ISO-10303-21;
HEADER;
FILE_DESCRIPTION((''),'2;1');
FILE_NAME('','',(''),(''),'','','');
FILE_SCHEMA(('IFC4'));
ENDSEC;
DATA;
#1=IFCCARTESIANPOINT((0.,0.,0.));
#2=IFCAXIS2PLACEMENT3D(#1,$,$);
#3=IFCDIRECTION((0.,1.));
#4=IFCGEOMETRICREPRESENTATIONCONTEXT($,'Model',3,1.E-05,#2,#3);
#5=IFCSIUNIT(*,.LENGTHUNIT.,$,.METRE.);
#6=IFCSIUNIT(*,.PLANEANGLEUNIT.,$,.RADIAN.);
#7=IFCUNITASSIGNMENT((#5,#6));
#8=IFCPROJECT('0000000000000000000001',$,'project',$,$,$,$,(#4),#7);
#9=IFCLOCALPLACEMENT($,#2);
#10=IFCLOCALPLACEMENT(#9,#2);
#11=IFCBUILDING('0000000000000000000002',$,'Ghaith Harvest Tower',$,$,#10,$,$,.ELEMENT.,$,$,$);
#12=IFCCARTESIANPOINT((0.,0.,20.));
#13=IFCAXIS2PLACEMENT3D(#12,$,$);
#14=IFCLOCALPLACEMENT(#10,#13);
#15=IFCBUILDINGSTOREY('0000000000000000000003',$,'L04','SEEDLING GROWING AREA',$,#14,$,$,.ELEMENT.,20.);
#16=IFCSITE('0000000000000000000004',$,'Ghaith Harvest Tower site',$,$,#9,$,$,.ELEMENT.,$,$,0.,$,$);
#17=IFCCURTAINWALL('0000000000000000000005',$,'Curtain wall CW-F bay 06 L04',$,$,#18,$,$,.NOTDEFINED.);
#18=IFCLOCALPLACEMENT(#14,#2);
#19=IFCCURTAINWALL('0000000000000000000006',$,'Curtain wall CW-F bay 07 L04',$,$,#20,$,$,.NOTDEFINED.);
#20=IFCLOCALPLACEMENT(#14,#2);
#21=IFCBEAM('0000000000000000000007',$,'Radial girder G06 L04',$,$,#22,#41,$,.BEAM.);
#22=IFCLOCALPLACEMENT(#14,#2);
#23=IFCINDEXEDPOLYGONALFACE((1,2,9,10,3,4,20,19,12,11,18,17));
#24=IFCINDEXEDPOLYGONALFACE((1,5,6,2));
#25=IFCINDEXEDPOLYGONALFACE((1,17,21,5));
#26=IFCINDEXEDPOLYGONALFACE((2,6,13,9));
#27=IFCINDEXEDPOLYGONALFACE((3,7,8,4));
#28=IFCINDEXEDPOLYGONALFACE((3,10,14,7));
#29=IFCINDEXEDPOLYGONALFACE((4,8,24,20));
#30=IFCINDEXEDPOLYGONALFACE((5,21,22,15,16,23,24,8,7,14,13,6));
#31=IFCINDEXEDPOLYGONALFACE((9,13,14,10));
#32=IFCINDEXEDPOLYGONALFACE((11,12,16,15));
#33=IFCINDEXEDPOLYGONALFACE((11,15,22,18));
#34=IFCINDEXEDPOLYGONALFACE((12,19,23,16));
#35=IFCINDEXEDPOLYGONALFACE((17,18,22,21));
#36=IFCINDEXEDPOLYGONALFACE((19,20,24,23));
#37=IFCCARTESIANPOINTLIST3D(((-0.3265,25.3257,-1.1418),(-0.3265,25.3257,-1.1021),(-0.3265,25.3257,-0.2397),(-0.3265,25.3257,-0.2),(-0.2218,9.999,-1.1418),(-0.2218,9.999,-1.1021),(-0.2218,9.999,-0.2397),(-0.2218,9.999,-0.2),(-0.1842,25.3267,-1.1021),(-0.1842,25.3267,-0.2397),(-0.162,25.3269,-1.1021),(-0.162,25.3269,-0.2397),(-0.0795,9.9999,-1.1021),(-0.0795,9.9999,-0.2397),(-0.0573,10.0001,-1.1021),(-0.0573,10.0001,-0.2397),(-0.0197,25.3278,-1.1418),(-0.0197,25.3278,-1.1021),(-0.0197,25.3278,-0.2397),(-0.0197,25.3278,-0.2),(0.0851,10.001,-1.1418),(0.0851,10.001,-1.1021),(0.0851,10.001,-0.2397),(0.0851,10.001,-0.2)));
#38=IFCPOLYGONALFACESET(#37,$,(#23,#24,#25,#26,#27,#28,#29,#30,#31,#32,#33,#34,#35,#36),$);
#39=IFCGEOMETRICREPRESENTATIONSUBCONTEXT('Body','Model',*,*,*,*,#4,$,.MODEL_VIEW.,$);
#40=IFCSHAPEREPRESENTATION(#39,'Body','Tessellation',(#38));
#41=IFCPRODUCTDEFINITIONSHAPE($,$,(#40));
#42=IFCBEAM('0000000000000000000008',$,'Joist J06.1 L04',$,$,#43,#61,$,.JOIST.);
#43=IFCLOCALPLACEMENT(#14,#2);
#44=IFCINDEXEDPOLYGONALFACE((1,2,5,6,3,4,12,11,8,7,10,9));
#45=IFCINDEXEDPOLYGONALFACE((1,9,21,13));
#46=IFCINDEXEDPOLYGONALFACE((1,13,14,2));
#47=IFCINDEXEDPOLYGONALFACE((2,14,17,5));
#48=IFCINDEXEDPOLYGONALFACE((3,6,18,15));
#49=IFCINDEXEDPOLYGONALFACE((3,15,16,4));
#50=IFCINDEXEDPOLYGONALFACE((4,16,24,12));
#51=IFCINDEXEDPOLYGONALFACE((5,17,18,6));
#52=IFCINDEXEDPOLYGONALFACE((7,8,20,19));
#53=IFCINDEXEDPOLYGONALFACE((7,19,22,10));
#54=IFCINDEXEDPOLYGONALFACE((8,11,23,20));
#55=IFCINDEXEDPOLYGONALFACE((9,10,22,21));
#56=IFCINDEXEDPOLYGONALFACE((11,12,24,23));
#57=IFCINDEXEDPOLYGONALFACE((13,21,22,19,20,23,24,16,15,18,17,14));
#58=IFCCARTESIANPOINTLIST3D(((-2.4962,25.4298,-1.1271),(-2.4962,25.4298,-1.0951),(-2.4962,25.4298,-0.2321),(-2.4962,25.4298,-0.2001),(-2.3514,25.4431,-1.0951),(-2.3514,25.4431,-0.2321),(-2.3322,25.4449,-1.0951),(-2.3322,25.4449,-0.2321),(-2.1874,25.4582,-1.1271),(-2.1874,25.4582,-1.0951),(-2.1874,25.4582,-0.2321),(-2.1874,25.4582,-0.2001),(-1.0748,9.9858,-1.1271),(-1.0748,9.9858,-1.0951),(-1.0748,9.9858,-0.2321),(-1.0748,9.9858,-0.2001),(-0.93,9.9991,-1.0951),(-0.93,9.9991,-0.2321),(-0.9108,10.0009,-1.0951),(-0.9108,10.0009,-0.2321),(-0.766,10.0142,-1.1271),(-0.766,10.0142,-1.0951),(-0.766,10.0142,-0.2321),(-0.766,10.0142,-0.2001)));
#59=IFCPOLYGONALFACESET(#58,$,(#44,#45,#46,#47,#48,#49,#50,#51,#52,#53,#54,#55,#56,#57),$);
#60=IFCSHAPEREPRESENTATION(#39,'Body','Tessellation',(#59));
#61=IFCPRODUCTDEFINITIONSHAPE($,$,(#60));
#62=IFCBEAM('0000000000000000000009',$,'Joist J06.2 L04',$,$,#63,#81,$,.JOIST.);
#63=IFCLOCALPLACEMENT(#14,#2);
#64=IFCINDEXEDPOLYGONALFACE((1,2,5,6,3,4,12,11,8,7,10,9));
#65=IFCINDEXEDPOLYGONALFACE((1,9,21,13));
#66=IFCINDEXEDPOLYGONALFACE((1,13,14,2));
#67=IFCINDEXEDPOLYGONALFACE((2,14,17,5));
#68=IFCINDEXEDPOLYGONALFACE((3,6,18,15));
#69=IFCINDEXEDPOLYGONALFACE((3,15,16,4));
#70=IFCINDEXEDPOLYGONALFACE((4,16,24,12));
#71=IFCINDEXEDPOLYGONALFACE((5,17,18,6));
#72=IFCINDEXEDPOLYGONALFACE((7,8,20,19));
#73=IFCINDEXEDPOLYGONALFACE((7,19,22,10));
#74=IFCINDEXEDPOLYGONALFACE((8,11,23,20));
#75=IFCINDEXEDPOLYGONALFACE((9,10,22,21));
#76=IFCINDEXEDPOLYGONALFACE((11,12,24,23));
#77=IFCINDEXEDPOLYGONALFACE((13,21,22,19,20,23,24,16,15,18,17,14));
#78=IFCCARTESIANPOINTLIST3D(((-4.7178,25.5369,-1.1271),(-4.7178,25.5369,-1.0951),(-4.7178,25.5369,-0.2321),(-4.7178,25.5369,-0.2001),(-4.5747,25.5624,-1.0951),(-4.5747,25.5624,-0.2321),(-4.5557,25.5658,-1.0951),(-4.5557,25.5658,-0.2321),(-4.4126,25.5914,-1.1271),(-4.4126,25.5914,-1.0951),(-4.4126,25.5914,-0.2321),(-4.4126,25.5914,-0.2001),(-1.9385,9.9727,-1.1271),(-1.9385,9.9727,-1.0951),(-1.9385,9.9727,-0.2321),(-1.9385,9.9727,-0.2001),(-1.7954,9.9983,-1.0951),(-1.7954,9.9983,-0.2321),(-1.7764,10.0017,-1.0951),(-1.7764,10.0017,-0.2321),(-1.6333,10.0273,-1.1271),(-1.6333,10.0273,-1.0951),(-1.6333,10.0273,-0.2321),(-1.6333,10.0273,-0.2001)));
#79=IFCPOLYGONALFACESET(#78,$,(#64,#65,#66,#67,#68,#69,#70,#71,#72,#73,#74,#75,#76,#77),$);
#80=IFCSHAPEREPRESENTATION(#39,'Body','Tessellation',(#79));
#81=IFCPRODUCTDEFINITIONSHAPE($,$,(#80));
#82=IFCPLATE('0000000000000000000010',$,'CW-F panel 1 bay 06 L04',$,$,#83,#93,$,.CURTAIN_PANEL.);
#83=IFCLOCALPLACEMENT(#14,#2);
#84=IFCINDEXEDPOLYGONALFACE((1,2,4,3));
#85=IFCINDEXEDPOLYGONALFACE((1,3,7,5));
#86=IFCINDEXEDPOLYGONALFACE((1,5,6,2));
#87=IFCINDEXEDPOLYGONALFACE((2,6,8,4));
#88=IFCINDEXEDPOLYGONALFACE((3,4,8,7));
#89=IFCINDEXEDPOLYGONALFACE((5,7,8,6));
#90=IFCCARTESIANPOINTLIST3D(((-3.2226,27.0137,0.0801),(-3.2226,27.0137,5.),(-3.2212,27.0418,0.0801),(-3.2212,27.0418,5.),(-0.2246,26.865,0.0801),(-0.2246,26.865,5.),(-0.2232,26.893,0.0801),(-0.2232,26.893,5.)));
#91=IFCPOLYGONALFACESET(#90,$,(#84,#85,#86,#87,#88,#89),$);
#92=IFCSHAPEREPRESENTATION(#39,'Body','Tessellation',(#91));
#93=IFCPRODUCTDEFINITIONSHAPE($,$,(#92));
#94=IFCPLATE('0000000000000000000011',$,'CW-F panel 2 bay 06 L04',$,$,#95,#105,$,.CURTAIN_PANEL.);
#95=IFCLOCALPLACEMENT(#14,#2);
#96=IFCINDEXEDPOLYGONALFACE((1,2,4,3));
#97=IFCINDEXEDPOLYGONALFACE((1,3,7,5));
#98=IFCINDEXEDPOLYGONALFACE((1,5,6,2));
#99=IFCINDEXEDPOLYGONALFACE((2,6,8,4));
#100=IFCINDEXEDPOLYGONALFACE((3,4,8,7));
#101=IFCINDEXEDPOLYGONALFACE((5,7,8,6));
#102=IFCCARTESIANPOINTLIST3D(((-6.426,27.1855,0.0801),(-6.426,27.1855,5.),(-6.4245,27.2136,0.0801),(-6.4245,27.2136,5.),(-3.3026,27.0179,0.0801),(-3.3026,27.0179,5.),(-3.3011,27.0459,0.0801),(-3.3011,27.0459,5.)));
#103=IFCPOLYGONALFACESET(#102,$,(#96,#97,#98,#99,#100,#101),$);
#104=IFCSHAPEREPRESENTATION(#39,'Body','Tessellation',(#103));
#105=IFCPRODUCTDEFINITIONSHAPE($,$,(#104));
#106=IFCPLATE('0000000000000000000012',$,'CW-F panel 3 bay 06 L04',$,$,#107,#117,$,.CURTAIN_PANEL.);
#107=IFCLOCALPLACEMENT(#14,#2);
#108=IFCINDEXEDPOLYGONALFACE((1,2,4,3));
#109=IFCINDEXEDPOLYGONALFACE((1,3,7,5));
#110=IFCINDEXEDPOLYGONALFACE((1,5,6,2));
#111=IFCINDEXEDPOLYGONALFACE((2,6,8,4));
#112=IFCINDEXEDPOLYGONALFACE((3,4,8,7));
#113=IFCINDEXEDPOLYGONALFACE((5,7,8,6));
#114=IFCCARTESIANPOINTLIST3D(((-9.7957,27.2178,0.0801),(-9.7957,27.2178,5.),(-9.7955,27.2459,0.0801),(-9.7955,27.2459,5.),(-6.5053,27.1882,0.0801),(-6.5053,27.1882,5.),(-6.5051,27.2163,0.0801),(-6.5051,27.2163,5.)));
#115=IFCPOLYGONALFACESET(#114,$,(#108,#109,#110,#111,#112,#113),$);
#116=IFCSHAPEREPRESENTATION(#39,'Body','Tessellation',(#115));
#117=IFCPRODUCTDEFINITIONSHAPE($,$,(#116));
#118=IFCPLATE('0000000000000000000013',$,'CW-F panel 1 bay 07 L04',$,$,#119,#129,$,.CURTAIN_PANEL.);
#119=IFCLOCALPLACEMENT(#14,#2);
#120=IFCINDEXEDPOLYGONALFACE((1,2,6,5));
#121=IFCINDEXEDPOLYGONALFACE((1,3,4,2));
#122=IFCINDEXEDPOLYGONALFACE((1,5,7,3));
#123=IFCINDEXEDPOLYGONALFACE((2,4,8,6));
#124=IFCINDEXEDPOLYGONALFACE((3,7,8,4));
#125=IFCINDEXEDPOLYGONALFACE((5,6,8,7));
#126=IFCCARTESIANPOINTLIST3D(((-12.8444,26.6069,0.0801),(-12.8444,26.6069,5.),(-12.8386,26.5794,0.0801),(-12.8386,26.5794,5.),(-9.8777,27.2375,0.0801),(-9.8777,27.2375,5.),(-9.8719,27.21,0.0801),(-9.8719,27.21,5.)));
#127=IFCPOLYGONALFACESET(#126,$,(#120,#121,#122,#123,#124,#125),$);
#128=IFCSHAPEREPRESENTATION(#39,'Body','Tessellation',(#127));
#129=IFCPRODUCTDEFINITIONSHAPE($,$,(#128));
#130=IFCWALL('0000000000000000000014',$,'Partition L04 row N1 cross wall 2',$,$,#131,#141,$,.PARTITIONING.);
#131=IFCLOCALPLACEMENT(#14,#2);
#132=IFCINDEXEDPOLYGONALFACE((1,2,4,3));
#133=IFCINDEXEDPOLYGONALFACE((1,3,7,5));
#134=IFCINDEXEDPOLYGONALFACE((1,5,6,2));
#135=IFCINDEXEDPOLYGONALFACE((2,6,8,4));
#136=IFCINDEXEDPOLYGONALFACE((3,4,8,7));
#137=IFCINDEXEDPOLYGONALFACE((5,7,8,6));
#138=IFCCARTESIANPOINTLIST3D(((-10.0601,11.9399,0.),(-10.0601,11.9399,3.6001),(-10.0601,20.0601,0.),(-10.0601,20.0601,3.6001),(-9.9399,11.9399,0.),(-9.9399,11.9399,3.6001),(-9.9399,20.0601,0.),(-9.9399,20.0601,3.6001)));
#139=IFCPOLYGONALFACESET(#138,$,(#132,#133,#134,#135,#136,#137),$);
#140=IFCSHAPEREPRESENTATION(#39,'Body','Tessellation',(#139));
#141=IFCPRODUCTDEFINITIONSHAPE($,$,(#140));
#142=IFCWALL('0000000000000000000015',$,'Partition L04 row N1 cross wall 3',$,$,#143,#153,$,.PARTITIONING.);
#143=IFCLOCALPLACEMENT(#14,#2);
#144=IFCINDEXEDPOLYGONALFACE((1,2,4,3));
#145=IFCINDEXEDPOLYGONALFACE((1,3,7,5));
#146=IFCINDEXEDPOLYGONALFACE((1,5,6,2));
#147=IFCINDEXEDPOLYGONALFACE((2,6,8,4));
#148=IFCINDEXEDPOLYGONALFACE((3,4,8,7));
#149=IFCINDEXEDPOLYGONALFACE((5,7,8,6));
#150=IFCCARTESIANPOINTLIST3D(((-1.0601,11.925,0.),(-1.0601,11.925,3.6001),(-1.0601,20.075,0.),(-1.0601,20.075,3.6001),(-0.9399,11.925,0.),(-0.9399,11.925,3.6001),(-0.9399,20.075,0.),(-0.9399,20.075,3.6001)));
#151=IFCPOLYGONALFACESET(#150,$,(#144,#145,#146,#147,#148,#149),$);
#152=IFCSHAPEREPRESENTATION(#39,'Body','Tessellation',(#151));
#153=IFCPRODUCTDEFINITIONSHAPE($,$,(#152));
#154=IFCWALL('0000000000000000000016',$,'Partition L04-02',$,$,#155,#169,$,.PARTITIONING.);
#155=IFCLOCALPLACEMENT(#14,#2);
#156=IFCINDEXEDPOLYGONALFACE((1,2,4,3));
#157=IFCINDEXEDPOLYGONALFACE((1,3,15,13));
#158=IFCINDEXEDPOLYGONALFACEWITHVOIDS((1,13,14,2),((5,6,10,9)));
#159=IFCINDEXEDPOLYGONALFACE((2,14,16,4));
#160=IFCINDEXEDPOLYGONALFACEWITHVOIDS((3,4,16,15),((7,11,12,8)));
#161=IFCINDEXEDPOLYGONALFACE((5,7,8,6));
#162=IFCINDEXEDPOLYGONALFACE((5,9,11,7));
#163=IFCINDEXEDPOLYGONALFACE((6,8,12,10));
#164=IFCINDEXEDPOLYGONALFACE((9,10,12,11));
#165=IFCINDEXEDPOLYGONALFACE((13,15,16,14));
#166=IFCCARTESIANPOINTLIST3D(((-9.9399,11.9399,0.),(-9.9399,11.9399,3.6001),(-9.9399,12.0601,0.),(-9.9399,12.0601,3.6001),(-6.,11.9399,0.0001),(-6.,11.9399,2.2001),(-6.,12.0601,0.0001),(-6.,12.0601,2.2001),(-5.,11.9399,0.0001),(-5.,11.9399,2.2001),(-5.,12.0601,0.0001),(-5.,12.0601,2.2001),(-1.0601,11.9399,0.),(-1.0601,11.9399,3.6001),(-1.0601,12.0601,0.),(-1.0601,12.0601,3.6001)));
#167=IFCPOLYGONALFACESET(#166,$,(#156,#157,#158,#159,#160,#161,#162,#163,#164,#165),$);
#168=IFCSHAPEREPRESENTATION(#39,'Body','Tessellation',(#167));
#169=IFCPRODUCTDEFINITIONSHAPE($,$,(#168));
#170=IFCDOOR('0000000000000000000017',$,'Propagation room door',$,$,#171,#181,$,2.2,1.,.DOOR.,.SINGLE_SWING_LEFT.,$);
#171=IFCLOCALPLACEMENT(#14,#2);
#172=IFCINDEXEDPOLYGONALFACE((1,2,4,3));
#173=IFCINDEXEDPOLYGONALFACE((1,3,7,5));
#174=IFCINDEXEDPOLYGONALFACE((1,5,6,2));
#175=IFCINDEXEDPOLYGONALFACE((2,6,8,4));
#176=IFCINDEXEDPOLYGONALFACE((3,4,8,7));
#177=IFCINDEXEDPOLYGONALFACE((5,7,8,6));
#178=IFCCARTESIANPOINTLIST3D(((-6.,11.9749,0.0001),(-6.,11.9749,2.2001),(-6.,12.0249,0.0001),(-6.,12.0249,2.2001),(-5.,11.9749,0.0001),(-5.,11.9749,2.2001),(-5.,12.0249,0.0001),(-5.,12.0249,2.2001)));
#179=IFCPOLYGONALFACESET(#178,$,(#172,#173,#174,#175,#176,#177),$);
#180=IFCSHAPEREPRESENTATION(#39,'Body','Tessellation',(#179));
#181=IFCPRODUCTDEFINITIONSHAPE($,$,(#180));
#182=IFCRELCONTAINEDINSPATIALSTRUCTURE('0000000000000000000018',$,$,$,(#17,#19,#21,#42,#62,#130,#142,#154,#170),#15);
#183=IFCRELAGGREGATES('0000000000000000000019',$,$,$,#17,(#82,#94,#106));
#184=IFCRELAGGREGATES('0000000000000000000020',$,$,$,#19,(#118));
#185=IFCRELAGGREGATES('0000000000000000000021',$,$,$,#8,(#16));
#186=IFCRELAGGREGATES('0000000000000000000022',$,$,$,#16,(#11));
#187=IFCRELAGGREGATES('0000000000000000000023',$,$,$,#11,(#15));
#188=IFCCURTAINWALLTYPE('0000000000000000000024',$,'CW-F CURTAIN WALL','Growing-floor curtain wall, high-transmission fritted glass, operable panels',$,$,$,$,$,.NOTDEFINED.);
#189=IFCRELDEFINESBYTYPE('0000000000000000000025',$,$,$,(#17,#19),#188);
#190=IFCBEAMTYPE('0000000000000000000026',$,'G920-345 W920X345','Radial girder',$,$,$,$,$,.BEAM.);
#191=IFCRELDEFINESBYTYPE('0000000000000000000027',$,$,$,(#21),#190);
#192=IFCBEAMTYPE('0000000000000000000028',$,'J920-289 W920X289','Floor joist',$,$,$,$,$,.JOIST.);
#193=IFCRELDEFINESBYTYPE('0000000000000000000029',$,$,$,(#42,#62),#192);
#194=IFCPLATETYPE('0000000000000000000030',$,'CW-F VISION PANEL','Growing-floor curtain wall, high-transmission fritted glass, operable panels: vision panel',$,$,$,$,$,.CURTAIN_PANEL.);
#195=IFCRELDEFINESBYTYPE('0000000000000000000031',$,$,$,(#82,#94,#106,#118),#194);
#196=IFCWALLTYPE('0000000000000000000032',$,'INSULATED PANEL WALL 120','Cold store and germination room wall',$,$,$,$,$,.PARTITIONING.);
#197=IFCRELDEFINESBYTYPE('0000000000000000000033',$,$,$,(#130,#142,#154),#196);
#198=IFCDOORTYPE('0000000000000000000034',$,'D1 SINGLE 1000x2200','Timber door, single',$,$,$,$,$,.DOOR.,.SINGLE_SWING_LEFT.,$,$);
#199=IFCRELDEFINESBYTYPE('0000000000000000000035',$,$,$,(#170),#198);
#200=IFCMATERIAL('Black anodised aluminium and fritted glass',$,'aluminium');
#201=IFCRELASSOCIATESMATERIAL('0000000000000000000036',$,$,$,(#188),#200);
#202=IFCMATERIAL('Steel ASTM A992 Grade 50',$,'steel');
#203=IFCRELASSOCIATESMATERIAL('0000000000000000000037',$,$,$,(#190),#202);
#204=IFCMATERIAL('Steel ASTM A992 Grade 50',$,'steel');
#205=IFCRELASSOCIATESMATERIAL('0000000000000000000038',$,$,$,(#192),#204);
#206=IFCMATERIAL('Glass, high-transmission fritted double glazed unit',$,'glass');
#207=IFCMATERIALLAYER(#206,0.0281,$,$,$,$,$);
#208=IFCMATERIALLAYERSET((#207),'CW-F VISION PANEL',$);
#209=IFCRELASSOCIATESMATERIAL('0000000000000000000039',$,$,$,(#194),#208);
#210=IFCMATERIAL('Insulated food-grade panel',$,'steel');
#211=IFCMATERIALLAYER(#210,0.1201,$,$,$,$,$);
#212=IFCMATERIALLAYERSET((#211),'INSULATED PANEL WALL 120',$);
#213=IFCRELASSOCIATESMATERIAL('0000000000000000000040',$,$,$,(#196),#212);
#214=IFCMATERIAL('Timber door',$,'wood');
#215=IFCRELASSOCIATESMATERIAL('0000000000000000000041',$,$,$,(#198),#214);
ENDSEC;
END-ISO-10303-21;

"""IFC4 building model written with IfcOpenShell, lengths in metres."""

from ifc_helpers import new_model, si_unit, direction, frame, frame_2d, origin, origin_2d, place, context, subcontext, project, spatial, rectangle, i_section, extrude, material, layer, layer_set, material_profile, profile_set, type_object, element, fill, aggregate, save


model = new_model("IFC4")

# Units and contexts
model_context = context("Model", 3, precision=1e-05, world=origin(), true_north=direction((0.0, 1.0)))
body_context = subcontext(model_context, "Body", "Model", "MODEL_VIEW")
ifc_project = project(units=[si_unit("LENGTHUNIT", "METRE"), si_unit("PLANEANGLEUNIT", "RADIAN")], contexts=[model_context])

# Site, building, storey
site_placement = place(None, origin())
site = spatial("IfcSite", under=ifc_project, at=site_placement, Name="Ghaith Harvest Tower site", CompositionType="ELEMENT", RefElevation=0.0)
building_placement = place(site_placement, origin())
building = spatial("IfcBuilding", under=site, at=building_placement, Name="Ghaith Harvest Tower", CompositionType="ELEMENT")
storey_placement = place(building_placement, frame((0.0, 0.0, 20.0)))
storey = spatial("IfcBuildingStorey", under=building, at=storey_placement, Name="L04", Description="SEEDLING GROWING AREA", CompositionType="ELEMENT", Elevation=20.0)

# Curtain wall
ifc_material_1 = material(Name="Black anodised aluminium and fritted glass", Category="aluminium")
curtain_wall_type = type_object("IfcCurtainWallType", Name="CW-F CURTAIN WALL", Description="Growing-floor curtain wall, high-transmission fritted glass, operable panels", PredefinedType="NOTDEFINED", material=ifc_material_1)
curtain_wall_1_placement = place(storey_placement, origin())
curtain_wall_1 = element("IfcCurtainWall", 1, at=curtain_wall_1_placement, inside=storey, type_object=curtain_wall_type, Name="Curtain wall CW-F bay 06 L04", PredefinedType="NOTDEFINED")

# Curtain wall
curtain_wall_2_placement = place(storey_placement, origin())
curtain_wall_2 = element("IfcCurtainWall", 2, at=curtain_wall_2_placement, inside=storey, type_object=curtain_wall_type, Name="Curtain wall CW-F bay 07 L04", PredefinedType="NOTDEFINED")

# Beams
ifc_material_2 = material(Name="Steel ASTM A992 Grade 50", Category="steel")
ifc_material_profile_1 = material_profile(ifc_material_2, i_section(OverallWidth=0.3069, OverallDepth=0.9419, WebThickness=0.0222, FlangeThickness=0.0398, at=origin_2d()), Name="W920X345")
ifc_profile_set_1 = profile_set([ifc_material_profile_1], Name="Steel ASTM A992 Grade 50")
beam_type_1 = type_object("IfcBeamType", Name="G920-345 W920X345", Description="Radial girder", PredefinedType="BEAM", material=ifc_profile_set_1)
beam_1_placement = place(storey_placement, frame((-0.0684, 10.0, -0.6709), z_axis=(-0.006833, 0.999977, 0.0), x_axis=(-0.999977, -0.006833, 0.0)))
element("IfcBeam", 3, at=beam_1_placement, inside=storey, type_object=beam_type_1, Name="Radial girder G06 L04", PredefinedType="BEAM", context=body_context, shape_type="SweptSolid", body=[
    extrude(i_section(OverallWidth=0.3069, OverallDepth=0.9419, WebThickness=0.0222, FlangeThickness=0.0398, at=origin_2d()), origin(), (0.0, 0.0, 1.0), 15.3271),
])
ifc_material_3 = material(Name="Steel ASTM A992 Grade 50", Category="steel")
ifc_material_profile_2 = material_profile(ifc_material_3, i_section(OverallWidth=0.3101, OverallDepth=0.927, WebThickness=0.0193, FlangeThickness=0.032, at=origin_2d()), Name="W920X289")
ifc_profile_set_2 = profile_set([ifc_material_profile_2], Name="Steel ASTM A992 Grade 50")
beam_type_2 = type_object("IfcBeamType", Name="J920-289 W920X289", Description="Floor joist", PredefinedType="JOIST", material=ifc_profile_set_2)
beam_2_placement = place(storey_placement, frame((-0.9204, 10.0, -0.6636), z_axis=(-0.091647, 0.995792, 0.0), x_axis=(-0.995792, -0.091647, 0.0)))
element("IfcBeam", 4, at=beam_2_placement, inside=storey, type_object=beam_type_2, Name="Joist J06.1 L04", PredefinedType="JOIST", context=body_context, shape_type="SweptSolid", body=[
    extrude(i_section(OverallWidth=0.3101, OverallDepth=0.927, WebThickness=0.0193, FlangeThickness=0.032, at=origin_2d()), origin(), (0.0, 0.0, 1.0), 15.5093),
])
beam_3_placement = place(storey_placement, frame((-1.7859, 10.0, -0.6636), z_axis=(-0.175789, 0.984428, 0.0), x_axis=(-0.984428, -0.175789, 0.0)))
element("IfcBeam", 5, at=beam_3_placement, inside=storey, type_object=beam_type_2, Name="Joist J06.2 L04", PredefinedType="JOIST", context=body_context, shape_type="SweptSolid", body=[
    extrude(i_section(OverallWidth=0.3101, OverallDepth=0.927, WebThickness=0.0193, FlangeThickness=0.032, at=origin_2d()), origin(), (0.0, 0.0, 1.0), 15.8103),
])

# Plates
ifc_material_4 = material(Name="Glass, high-transmission fritted double glazed unit", Category="glass")
ifc_layer_1 = layer(ifc_material_4, 0.0281)
ifc_layer_set_1 = layer_set([ifc_layer_1], Name="CW-F VISION PANEL")
plate_type = type_object("IfcPlateType", Name="CW-F VISION PANEL", Description="Growing-floor curtain wall, high-transmission fritted glass, operable panels: vision panel", PredefinedType="CURTAIN_PANEL", material=ifc_layer_set_1)
plate_1_placement = place(storey_placement, frame((-1.7229, 26.9534, 0.0801), z_axis=(0.0, 0.0, 1.0), x_axis=(-0.998771, 0.049554, 0.0)))
plate_1 = element("IfcPlate", 6, at=plate_1_placement, type_object=plate_type, Name="CW-F panel 1 bay 06 L04", PredefinedType="CURTAIN_PANEL", context=body_context, shape_type="SweptSolid", body=[
    extrude(rectangle(XDim=3.0017, YDim=0.0281, at=origin_2d()), origin(), (0.0, 0.0, 1.0), 4.9199),
])
plate_2_placement = place(storey_placement, frame((-4.8635, 27.1157, 0.0801), z_axis=(0.0, 0.0, 1.0), x_axis=(-0.998563, 0.0536, 0.0)))
plate_2 = element("IfcPlate", 7, at=plate_2_placement, type_object=plate_type, Name="CW-F panel 2 bay 06 L04", PredefinedType="CURTAIN_PANEL", context=body_context, shape_type="SweptSolid", body=[
    extrude(rectangle(XDim=3.1279, YDim=0.0281, at=origin_2d()), origin(), (0.0, 0.0, 1.0), 4.9199),
])
plate_3_placement = place(storey_placement, frame((-8.1504, 27.217, 0.0801), z_axis=(0.0, 0.0, 1.0), x_axis=(-0.99996, 0.008988, 0.0)))
plate_3 = element("IfcPlate", 8, at=plate_3_placement, type_object=plate_type, Name="CW-F panel 3 bay 06 L04", PredefinedType="CURTAIN_PANEL", context=body_context, shape_type="SweptSolid", body=[
    extrude(rectangle(XDim=3.2905, YDim=0.0281, at=origin_2d()), origin(), (0.0, 0.0, 1.0), 4.9199),
])
aggregate(curtain_wall_1, [plate_1, plate_2, plate_3])
plate_4_placement = place(storey_placement, frame((-11.3582, 26.9084, 0.0801), z_axis=(0.0, 0.0, 1.0), x_axis=(-0.978149, -0.207904, 0.0)))
plate_4 = element("IfcPlate", 9, at=plate_4_placement, type_object=plate_type, Name="CW-F panel 1 bay 07 L04", PredefinedType="CURTAIN_PANEL", context=body_context, shape_type="SweptSolid", body=[
    extrude(rectangle(XDim=3.033, YDim=0.0281, at=origin_2d()), origin(), (0.0, 0.0, 1.0), 4.9199),
])
aggregate(curtain_wall_2, [plate_4])

# Walls
ifc_material_5 = material(Name="Insulated food-grade panel", Category="steel")
ifc_layer_2 = layer(ifc_material_5, 0.1201)
ifc_layer_set_2 = layer_set([ifc_layer_2], Name="INSULATED PANEL WALL 120")
wall_type_1 = type_object("IfcWallType", Name="INSULATED PANEL WALL 120", Description="Cold store and germination room wall", PredefinedType="PARTITIONING", material=ifc_layer_set_2)
wall_1_placement = place(storey_placement, frame((-10.0, 11.9399, 0.0), z_axis=(0.0, 0.0, 1.0), x_axis=(0.0, 1.0, 0.0)))
element("IfcWall", 10, at=wall_1_placement, inside=storey, type_object=wall_type_1, Name="Partition L04 row N1 cross wall 2", PredefinedType="PARTITIONING", context=body_context, shape_type="SweptSolid", body=[
    extrude(rectangle(XDim=8.1201, YDim=0.1201, at=frame_2d((4.0601, 0.0))), origin(), (0.0, 0.0, 1.0), 3.6001),
])
wall_2_placement = place(storey_placement, frame((-1.0, 11.925, 0.0), z_axis=(0.0, 0.0, 1.0), x_axis=(0.0, 1.0, 0.0)))
element("IfcWall", 11, at=wall_2_placement, inside=storey, type_object=wall_type_1, Name="Partition L04 row N1 cross wall 3", PredefinedType="PARTITIONING", context=body_context, shape_type="SweptSolid", body=[
    extrude(rectangle(XDim=8.1499, YDim=0.1201, at=frame_2d((4.075, 0.0))), origin(), (0.0, 0.0, 1.0), 3.6001),
])

# Wall, opening, door
wall_3_placement = place(storey_placement, frame((-9.9399, 12.0, 0.0), z_axis=(0.0, 0.0, 1.0), x_axis=(1.0, 0.0, 0.0)))
wall_3 = element("IfcWall", 12, at=wall_3_placement, inside=storey, type_object=wall_type_1, Name="Partition L04-02", PredefinedType="PARTITIONING", context=body_context, shape_type="SweptSolid", body=[
    extrude(rectangle(XDim=8.8799, YDim=0.1201, at=frame_2d((4.4399, 0.0))), origin(), (0.0, 0.0, 1.0), 3.6001),
])
opening_1_placement = place(wall_3_placement, frame((3.9399, 0.0, 0.0)))
opening_1 = element("IfcOpeningElement", 13, at=opening_1_placement, cuts=wall_3, PredefinedType="OPENING", context=body_context, shape_type="SweptSolid", body=[
    extrude(rectangle(XDim=1.0, YDim=2.2, at=frame_2d((0.5, 1.1001))), frame((0.0, 0.0701, 0.0), z_axis=(0.0, -1.0, 0.0), x_axis=(1.0, 0.0, 0.0)), (0.0, 0.0, 1.0), 0.1401),
])
ifc_material_6 = material(Name="Timber door", Category="wood")
door_type_1 = type_object("IfcDoorType", Name="D1 SINGLE 1000x2200", Description="Timber door, single", OperationType="SINGLE_SWING_LEFT", PredefinedType="DOOR", material=ifc_material_6)
door_1_placement = place(opening_1_placement, origin())
door_1 = element("IfcDoor", 14, at=door_1_placement, inside=storey, type_object=door_type_1, Name="Propagation room door", OperationType="SINGLE_SWING_LEFT", OverallHeight=2.2, OverallWidth=1.0, PredefinedType="DOOR", context=body_context, shape_type="SweptSolid", body=[
    extrude(rectangle(XDim=1.0, YDim=2.2, at=frame_2d((0.5, 1.1001))), frame((0.0, 0.0249, 0.0), z_axis=(0.0, -1.0, 0.0), x_axis=(1.0, 0.0, 0.0)), (0.0, 0.0, 1.0), 0.05),
])
fill(opening_1, door_1)

save(model, "model.ifc")
